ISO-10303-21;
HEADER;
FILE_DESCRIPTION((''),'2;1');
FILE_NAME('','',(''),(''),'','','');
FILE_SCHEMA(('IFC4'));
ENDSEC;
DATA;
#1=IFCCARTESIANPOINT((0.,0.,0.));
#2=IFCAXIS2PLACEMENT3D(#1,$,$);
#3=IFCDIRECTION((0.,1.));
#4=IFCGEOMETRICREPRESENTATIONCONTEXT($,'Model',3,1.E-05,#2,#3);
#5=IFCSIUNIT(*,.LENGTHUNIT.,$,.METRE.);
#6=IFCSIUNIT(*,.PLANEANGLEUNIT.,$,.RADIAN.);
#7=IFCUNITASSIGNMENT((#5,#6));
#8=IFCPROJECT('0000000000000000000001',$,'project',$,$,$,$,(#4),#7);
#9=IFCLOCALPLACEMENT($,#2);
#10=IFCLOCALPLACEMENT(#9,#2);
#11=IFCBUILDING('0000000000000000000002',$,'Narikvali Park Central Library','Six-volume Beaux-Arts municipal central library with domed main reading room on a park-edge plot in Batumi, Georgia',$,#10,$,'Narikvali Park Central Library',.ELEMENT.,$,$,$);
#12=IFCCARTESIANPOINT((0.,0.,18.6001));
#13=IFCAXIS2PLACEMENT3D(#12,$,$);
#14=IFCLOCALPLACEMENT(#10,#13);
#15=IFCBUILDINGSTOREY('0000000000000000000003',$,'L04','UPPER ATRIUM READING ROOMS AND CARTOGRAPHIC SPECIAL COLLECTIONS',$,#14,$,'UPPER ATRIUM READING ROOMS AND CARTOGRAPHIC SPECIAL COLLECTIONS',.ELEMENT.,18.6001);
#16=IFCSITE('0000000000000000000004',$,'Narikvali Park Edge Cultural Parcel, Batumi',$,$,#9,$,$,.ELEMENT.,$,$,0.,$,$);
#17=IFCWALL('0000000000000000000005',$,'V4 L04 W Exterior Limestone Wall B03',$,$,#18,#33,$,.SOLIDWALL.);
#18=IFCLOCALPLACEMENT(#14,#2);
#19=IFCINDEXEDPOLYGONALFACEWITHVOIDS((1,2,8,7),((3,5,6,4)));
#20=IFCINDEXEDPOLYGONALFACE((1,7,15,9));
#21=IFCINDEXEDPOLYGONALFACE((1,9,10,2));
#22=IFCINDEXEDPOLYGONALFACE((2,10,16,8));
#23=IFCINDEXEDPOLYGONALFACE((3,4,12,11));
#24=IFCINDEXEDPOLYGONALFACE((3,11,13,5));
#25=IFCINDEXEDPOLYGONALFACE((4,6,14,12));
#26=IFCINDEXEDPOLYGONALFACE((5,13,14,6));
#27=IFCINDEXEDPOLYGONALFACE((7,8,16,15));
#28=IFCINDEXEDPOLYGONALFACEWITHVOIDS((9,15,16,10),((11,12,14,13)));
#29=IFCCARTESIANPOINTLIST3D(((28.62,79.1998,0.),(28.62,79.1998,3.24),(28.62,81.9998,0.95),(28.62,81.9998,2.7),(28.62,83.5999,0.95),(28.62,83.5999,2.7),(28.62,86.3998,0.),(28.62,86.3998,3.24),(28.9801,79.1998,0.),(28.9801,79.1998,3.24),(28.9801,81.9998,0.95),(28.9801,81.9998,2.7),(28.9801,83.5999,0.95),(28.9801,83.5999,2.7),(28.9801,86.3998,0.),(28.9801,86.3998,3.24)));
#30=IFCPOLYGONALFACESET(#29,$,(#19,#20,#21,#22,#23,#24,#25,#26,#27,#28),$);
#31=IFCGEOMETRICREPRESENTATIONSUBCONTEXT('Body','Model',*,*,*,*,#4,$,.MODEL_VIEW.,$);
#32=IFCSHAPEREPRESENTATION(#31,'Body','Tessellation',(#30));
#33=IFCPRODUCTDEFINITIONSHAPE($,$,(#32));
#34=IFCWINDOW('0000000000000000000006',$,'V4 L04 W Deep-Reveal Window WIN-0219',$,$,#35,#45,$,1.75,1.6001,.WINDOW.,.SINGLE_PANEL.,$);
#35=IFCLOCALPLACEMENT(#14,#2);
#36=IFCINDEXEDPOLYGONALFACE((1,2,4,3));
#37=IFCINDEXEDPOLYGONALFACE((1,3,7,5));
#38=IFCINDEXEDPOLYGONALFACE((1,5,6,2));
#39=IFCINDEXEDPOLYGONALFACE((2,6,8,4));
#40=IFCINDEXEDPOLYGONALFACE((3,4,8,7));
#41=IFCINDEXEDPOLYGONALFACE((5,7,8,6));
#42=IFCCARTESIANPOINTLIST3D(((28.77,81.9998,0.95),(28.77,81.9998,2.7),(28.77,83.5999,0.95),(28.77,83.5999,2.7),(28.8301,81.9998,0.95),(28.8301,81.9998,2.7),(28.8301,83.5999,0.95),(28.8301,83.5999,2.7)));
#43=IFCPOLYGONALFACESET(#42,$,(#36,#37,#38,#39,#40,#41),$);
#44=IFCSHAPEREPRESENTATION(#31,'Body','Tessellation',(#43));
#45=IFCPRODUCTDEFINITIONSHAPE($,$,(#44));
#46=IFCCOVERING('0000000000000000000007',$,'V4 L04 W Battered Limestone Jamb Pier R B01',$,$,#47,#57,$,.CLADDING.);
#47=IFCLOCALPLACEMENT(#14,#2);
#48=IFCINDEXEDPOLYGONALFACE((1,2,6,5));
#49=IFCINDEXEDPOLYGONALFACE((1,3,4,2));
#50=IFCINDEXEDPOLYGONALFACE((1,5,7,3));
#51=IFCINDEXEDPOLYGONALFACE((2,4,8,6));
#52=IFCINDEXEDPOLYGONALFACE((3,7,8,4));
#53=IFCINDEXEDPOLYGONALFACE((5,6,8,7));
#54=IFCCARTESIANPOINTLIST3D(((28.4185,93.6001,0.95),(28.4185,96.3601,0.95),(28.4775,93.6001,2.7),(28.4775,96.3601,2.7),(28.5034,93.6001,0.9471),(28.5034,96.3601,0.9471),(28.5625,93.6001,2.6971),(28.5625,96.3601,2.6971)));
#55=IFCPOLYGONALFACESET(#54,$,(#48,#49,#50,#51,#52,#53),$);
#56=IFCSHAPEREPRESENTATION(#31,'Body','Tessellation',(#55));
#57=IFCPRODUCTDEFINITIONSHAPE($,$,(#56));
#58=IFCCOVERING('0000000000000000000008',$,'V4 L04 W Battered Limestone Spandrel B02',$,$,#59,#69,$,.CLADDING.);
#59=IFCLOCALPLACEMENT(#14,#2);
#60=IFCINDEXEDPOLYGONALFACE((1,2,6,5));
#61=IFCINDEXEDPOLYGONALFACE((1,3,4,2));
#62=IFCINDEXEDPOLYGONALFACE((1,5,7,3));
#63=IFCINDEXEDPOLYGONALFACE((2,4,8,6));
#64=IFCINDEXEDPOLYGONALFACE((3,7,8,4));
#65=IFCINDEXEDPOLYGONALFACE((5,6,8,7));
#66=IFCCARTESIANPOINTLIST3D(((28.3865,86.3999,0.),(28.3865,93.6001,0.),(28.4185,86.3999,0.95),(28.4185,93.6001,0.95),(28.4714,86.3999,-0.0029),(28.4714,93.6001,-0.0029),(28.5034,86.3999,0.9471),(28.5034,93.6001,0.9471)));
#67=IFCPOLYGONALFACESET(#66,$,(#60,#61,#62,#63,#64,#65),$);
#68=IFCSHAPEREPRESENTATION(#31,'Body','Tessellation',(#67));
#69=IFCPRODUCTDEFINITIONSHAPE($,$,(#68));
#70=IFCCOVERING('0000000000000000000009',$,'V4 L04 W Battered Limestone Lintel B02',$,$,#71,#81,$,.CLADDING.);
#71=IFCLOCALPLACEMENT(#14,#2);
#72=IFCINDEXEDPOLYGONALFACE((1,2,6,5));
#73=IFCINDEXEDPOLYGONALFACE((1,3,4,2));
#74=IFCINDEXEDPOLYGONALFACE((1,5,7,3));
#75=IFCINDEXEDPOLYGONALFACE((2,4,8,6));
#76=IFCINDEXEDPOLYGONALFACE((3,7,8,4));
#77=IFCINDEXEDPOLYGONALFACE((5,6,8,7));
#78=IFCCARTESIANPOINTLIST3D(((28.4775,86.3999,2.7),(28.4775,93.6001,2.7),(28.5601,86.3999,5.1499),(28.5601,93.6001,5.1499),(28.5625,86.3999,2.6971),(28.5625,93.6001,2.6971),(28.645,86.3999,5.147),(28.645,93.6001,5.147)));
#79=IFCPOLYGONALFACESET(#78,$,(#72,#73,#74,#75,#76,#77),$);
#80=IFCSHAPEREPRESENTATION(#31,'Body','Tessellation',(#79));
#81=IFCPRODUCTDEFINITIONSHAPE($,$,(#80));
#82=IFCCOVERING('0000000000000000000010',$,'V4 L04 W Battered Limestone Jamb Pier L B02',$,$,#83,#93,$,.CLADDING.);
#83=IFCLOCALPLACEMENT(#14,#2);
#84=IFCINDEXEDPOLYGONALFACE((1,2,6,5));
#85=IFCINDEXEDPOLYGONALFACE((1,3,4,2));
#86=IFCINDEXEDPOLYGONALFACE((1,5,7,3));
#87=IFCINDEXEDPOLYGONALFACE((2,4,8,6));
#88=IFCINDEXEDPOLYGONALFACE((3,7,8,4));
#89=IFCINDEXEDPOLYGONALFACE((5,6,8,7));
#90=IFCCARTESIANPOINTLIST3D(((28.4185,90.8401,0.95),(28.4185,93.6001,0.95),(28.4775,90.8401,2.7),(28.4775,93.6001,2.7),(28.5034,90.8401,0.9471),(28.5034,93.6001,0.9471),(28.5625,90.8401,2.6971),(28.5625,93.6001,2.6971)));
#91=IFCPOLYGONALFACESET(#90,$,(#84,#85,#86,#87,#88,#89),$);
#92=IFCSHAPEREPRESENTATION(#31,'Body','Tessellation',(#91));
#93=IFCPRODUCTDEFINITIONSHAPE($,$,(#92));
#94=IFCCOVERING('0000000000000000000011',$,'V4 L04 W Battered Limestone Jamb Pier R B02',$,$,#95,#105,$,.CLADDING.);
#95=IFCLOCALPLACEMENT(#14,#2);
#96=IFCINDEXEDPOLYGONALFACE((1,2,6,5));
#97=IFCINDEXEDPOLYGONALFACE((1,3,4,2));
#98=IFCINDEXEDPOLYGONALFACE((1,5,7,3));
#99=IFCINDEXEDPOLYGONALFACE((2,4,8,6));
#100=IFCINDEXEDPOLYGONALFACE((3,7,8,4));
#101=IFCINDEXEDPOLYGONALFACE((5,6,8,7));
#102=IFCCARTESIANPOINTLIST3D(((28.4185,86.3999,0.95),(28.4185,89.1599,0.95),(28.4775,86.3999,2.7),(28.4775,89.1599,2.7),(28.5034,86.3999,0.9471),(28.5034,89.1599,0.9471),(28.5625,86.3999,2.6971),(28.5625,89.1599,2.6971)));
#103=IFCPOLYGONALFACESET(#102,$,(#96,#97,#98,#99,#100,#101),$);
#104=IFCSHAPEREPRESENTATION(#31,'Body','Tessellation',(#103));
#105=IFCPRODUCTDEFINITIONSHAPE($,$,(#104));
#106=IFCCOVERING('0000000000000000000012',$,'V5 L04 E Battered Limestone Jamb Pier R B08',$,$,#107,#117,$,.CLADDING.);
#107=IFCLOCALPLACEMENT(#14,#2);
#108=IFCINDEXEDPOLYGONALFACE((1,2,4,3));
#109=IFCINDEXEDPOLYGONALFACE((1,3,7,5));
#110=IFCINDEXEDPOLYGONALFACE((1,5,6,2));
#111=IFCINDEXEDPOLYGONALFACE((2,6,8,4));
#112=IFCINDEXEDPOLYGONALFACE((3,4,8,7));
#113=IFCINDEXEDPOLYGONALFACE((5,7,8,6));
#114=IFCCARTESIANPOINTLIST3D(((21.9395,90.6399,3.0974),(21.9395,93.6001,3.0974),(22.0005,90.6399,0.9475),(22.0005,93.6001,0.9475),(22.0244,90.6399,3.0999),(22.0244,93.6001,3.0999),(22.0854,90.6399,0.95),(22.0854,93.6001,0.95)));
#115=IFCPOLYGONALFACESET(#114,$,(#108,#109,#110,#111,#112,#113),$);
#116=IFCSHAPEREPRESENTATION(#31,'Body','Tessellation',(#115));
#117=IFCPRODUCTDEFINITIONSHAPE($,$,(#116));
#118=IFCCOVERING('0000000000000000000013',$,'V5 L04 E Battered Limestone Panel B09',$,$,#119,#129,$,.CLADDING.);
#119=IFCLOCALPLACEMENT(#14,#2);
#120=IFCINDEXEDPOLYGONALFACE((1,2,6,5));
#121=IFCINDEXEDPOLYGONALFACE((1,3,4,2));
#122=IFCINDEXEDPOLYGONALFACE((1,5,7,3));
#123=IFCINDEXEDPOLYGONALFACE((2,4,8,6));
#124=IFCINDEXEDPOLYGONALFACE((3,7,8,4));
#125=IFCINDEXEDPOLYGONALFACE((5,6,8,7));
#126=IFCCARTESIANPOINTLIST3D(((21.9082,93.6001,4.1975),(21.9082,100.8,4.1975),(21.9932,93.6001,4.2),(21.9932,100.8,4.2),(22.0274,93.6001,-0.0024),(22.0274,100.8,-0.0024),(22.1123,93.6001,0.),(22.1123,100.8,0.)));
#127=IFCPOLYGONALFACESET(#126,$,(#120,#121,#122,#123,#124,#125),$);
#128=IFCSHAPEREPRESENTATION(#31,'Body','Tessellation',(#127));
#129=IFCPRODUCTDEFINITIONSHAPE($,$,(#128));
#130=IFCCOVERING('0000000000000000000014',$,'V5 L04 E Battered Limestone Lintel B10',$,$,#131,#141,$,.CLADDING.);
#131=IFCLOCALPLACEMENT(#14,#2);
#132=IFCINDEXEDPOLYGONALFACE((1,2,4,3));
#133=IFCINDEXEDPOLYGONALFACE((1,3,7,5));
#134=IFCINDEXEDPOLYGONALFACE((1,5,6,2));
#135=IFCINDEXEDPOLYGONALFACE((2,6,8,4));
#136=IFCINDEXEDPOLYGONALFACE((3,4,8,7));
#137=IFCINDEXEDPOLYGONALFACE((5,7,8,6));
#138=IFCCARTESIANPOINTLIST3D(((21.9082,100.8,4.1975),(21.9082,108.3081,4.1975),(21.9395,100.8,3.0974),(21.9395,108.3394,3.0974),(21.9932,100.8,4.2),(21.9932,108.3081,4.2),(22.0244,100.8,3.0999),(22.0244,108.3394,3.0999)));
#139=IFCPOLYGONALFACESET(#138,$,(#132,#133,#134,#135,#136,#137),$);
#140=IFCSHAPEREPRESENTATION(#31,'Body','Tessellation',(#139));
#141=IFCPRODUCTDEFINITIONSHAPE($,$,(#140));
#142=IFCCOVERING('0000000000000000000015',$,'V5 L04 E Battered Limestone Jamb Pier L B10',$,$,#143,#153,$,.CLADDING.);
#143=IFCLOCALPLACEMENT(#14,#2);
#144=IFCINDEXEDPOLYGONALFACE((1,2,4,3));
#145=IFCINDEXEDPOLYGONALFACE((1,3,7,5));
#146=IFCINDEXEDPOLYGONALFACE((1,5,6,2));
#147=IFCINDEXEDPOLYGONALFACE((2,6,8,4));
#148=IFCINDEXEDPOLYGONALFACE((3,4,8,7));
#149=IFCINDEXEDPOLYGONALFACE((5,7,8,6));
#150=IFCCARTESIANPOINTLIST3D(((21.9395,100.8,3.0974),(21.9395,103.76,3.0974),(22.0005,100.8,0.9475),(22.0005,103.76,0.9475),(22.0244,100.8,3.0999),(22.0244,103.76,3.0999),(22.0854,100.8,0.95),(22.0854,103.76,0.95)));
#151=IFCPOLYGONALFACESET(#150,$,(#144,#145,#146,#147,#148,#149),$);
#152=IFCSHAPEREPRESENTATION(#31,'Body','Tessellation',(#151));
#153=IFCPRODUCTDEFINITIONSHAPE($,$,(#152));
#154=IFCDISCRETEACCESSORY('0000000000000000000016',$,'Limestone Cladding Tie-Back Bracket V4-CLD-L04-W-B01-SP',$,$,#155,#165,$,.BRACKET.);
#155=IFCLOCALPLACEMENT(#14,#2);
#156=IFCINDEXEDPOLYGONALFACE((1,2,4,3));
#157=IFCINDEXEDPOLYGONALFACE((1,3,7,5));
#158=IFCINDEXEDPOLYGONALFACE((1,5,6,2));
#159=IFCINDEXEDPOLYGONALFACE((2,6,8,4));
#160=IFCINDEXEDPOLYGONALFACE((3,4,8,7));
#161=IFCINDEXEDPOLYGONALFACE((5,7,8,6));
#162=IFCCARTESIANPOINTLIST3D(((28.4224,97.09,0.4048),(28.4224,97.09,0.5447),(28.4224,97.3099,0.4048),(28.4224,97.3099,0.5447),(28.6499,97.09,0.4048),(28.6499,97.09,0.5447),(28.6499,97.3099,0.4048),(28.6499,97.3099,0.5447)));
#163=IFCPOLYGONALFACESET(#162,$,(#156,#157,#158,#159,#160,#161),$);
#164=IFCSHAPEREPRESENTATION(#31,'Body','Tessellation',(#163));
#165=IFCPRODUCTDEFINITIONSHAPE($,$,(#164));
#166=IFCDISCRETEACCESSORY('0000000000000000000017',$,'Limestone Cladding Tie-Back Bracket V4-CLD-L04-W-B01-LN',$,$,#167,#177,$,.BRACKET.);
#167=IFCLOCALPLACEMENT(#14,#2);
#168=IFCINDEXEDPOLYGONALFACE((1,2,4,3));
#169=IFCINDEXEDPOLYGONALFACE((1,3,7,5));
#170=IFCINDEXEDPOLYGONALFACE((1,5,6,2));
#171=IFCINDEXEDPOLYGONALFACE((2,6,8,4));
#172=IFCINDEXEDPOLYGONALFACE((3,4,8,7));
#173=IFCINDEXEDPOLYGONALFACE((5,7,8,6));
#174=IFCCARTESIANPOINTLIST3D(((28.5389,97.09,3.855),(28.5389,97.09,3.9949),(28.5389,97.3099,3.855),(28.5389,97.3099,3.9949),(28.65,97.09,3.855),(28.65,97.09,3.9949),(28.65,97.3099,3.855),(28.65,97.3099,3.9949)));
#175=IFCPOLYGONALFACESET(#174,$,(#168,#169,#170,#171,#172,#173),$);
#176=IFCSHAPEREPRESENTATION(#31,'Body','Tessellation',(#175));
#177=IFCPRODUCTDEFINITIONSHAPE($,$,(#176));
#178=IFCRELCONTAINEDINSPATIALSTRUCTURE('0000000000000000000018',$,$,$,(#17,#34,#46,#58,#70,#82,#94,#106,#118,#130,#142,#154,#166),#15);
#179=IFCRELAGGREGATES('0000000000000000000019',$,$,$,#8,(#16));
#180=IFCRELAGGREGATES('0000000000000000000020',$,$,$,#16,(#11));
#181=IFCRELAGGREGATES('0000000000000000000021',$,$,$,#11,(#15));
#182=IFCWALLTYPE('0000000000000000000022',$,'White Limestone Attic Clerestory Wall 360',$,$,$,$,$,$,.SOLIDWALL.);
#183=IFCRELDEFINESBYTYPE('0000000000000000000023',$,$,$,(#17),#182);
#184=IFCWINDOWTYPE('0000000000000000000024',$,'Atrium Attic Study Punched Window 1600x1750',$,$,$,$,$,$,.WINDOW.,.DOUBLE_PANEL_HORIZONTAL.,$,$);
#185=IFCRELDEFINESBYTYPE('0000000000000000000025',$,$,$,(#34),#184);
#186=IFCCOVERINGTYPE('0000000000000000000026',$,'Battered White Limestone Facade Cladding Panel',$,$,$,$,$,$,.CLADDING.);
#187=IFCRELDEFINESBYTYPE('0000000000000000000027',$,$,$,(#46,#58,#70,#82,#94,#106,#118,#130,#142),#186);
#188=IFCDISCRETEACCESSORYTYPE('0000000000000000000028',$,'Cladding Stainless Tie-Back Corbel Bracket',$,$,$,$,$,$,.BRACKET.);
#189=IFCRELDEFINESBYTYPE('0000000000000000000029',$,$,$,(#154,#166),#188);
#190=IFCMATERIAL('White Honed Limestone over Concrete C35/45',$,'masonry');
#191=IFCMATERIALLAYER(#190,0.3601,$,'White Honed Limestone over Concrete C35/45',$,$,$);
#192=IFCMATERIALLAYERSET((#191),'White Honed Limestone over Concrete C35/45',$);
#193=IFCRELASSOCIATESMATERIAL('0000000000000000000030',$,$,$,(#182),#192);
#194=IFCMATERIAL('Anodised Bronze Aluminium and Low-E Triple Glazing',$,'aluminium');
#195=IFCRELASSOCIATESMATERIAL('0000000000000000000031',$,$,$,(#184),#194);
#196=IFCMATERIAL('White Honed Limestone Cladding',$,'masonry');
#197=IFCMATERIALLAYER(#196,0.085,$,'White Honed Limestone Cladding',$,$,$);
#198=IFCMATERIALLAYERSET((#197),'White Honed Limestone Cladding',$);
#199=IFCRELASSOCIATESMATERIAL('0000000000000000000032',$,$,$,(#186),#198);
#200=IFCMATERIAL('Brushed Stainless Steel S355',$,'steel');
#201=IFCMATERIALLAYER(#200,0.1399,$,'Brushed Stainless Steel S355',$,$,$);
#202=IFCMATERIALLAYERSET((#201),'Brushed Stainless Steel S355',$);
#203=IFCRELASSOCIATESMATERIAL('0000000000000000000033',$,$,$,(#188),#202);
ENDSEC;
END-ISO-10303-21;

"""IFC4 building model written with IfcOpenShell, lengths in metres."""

from ifc_helpers import new_model, si_unit, direction, frame, frame_2d, origin, origin_2d, place, context, subcontext, project, spatial, polyline, rectangle, outline, extrude, material, layer, layer_set, type_object, element, fill, save


model = new_model("IFC4")

# Units and contexts
model_context = context("Model", 3, precision=1e-05, world=origin(), true_north=direction((0.0, 1.0)))
body_context = subcontext(model_context, "Body", "Model", "MODEL_VIEW")
ifc_project = project(units=[si_unit("LENGTHUNIT", "METRE"), si_unit("PLANEANGLEUNIT", "RADIAN")], contexts=[model_context])

# Site, building, storey
site_placement = place(None, origin())
site = spatial("IfcSite", under=ifc_project, at=site_placement, Name="Narikvali Park Edge Cultural Parcel, Batumi", CompositionType="ELEMENT", RefElevation=0.0)
building_placement = place(site_placement, origin())
building = spatial("IfcBuilding", under=site, at=building_placement, Name="Narikvali Park Central Library", Description="Six-volume Beaux-Arts municipal central library with domed main reading room on a park-edge plot in Batumi, Georgia", LongName="Narikvali Park Central Library", CompositionType="ELEMENT")
storey_placement = place(building_placement, frame((0.0, 0.0, 18.6001)))
storey = spatial("IfcBuildingStorey", under=building, at=storey_placement, Name="L04", Description="UPPER ATRIUM READING ROOMS AND CARTOGRAPHIC SPECIAL COLLECTIONS", LongName="UPPER ATRIUM READING ROOMS AND CARTOGRAPHIC SPECIAL COLLECTIONS", CompositionType="ELEMENT", Elevation=18.6001)

# Wall, opening, window
ifc_material_1 = material(Name="White Honed Limestone over Concrete C35/45", Category="masonry")
ifc_layer_1 = layer(ifc_material_1, 0.3601, Name="White Honed Limestone over Concrete C35/45")
ifc_layer_set_1 = layer_set([ifc_layer_1], Name="White Honed Limestone over Concrete C35/45")
wall_type_1 = type_object("IfcWallType", Name="White Limestone Attic Clerestory Wall 360", PredefinedType="SOLIDWALL", material=ifc_layer_set_1)
ifc_material_2 = material(Name="Anodised Bronze Aluminium and Low-E Triple Glazing", Category="aluminium")
window_type = type_object("IfcWindowType", Name="Atrium Attic Study Punched Window 1600x1750", PartitioningType="DOUBLE_PANEL_HORIZONTAL", PredefinedType="WINDOW", material=ifc_material_2)
wall_1_placement = place(storey_placement, frame((28.8, 86.3999, 0.0), z_axis=(0.0, 0.0, 1.0), x_axis=(0.0, -1.0, 0.0)))
wall_1 = element("IfcWall", 1, at=wall_1_placement, inside=storey, type_object=wall_type_1, Name="V4 L04 W Exterior Limestone Wall B03", PredefinedType="SOLIDWALL", context=body_context, shape_type="SweptSolid", body=[
    extrude(rectangle(XDim=7.2, YDim=0.3601, at=frame_2d((3.6001, 0.0))), origin(), (0.0, 0.0, 1.0), 3.24),
])
opening_1_placement = place(wall_1_placement, frame((2.8, 0.0, 0.95)))
opening_1 = element("IfcOpeningElement", 2, at=opening_1_placement, cuts=wall_1, PredefinedType="OPENING", context=body_context, shape_type="SweptSolid", body=[
    extrude(rectangle(XDim=1.6001, YDim=1.75, at=frame_2d((0.8, 0.875))), frame((0.0, 0.1919, 0.0), z_axis=(0.0, -1.0, 0.0), x_axis=(1.0, 0.0, 0.0)), (0.0, 0.0, 1.0), 0.384),
])
window_1_placement = place(opening_1_placement, origin())
window_1 = element("IfcWindow", 3, at=window_1_placement, inside=storey, type_object=window_type, Name="V4 L04 W Deep-Reveal Window WIN-0219", OverallHeight=1.75, OverallWidth=1.6001, PartitioningType="SINGLE_PANEL", PredefinedType="WINDOW", context=body_context, shape_type="SweptSolid", body=[
    extrude(rectangle(XDim=1.6001, YDim=1.75, at=frame_2d((0.8, 0.875))), frame((0.0, 0.03, 0.0), z_axis=(0.0, -1.0, 0.0), x_axis=(1.0, 0.0, 0.0)), (0.0, 0.0, 1.0), 0.0601),
])
fill(opening_1, window_1)

# Coverings
ifc_material_3 = material(Name="White Honed Limestone Cladding", Category="masonry")
ifc_layer_2 = layer(ifc_material_3, 0.085, Name="White Honed Limestone Cladding")
ifc_layer_set_2 = layer_set([ifc_layer_2], Name="White Honed Limestone Cladding")
covering_type = type_object("IfcCoveringType", Name="Battered White Limestone Facade Cladding Panel", PredefinedType="CLADDING", material=ifc_layer_set_2)
covering_1_placement = place(storey_placement, frame((28.4185, 96.3601, 0.95), z_axis=(-0.999431, 0.0, 0.033742), x_axis=(0.0, -1.0, 0.0)))
element("IfcCovering", 4, at=covering_1_placement, inside=storey, type_object=covering_type, Name="V4 L04 W Battered Limestone Jamb Pier R B01", PredefinedType="CLADDING", context=body_context, shape_type="SweptSolid", body=[
    extrude(outline(polyline([(0.0, 0.0), (2.76, 0.0), (2.76, 1.751), (0.0, 1.751), (0.0, 0.0)])), origin(), (0.0, 0.0, -1.0), 0.085),
])
covering_2_placement = place(storey_placement, frame((28.3865, 93.6001, 0.0), z_axis=(-0.999434, 0.0, 0.033648), x_axis=(0.0, -1.0, 0.0)))
element("IfcCovering", 5, at=covering_2_placement, inside=storey, type_object=covering_type, Name="V4 L04 W Battered Limestone Spandrel B02", PredefinedType="CLADDING", context=body_context, shape_type="SweptSolid", body=[
    extrude(outline(polyline([(0.0, 0.0), (7.2002, 0.0), (7.2002, 0.9505), (0.0, 0.9505), (0.0, 0.0)])), origin(), (0.0, 0.0, -1.0), 0.085),
])
covering_3_placement = place(storey_placement, frame((28.4775, 93.6001, 2.7), z_axis=(-0.999433, 0.0, 0.033663), x_axis=(0.0, -1.0, 0.0)))
element("IfcCovering", 6, at=covering_3_placement, inside=storey, type_object=covering_type, Name="V4 L04 W Battered Limestone Lintel B02", PredefinedType="CLADDING", context=body_context, shape_type="SweptSolid", body=[
    extrude(outline(polyline([(0.0, 0.0), (7.2002, 0.0), (7.2002, 2.4513), (0.0, 2.4513), (0.0, 0.0)])), origin(), (0.0, 0.0, -1.0), 0.085),
])
for number, where, z_axis, x_axis, name in (
    (7, (28.4185, 93.6001, 0.95), (-0.999431, 0.0, 0.033742), (0.0, -1.0, 0.0), "V4 L04 W Battered Limestone Jamb Pier L B02"),
    (8, (28.4185, 89.1599, 0.95), (-0.999431, 0.0, 0.033742), (0.0, -1.0, 0.0), "V4 L04 W Battered Limestone Jamb Pier R B02"),
):
    element("IfcCovering", number, at=place(storey_placement, frame(where, z_axis=z_axis, x_axis=x_axis)), inside=storey, type_object=covering_type, Name=name, PredefinedType="CLADDING", context=body_context, shape_type="SweptSolid", body=[
        extrude(outline(polyline([(0.0, 0.0), (2.76, 0.0), (2.76, 1.751), (0.0, 1.751), (0.0, 0.0)])), origin(), (0.0, 0.0, -1.0), 0.085),
    ])
covering_4_placement = place(storey_placement, frame((22.0854, 90.6399, 0.95), z_axis=(0.999597, 0.0, 0.028378), x_axis=(0.0, 1.0, 0.0)))
element("IfcCovering", 9, at=covering_4_placement, inside=storey, type_object=covering_type, Name="V5 L04 E Battered Limestone Jamb Pier R B08", PredefinedType="CLADDING", context=body_context, shape_type="SweptSolid", body=[
    extrude(outline(polyline([(0.0, 0.0), (2.9602, 0.0), (2.9602, 2.1508), (0.0, 2.1508), (0.0, 0.0)])), origin(), (0.0, 0.0, -1.0), 0.085),
])
covering_5_placement = place(storey_placement, frame((22.1123, 93.6001, 0.0), z_axis=(0.999598, 0.0, 0.028356), x_axis=(0.0, 1.0, 0.0)))
element("IfcCovering", 10, at=covering_5_placement, inside=storey, type_object=covering_type, Name="V5 L04 E Battered Limestone Panel B09", PredefinedType="CLADDING", context=body_context, shape_type="SweptSolid", body=[
    extrude(outline(polyline([(0.0, 0.0), (7.2, 0.0), (7.2, 4.2016), (0.0, 4.2016), (0.0, 0.0)])), origin(), (0.0, 0.0, -1.0), 0.085),
])
covering_6_placement = place(storey_placement, frame((22.0244, 100.8, 3.0999), z_axis=(0.999597, 0.0, 0.028395), x_axis=(0.0, 1.0, 0.0)))
element("IfcCovering", 11, at=covering_6_placement, inside=storey, type_object=covering_type, Name="V5 L04 E Battered Limestone Lintel B10", PredefinedType="CLADDING", context=body_context, shape_type="SweptSolid", body=[
    extrude(outline(polyline([(0.0, 0.0), (7.5393, 0.0), (7.5081, 1.1005), (0.0, 1.1005), (0.0, 0.0)])), origin(), (0.0, 0.0, -1.0), 0.085),
])
covering_7_placement = place(storey_placement, frame((22.0854, 100.8, 0.95), z_axis=(0.999597, 0.0, 0.028378), x_axis=(0.0, 1.0, 0.0)))
element("IfcCovering", 12, at=covering_7_placement, inside=storey, type_object=covering_type, Name="V5 L04 E Battered Limestone Jamb Pier L B10", PredefinedType="CLADDING", context=body_context, shape_type="SweptSolid", body=[
    extrude(outline(polyline([(0.0, 0.0), (2.96, 0.0), (2.96, 2.1508), (0.0, 2.1508), (0.0, 0.0)])), origin(), (0.0, 0.0, -1.0), 0.085),
])

# Discrete accessories
ifc_material_4 = material(Name="Brushed Stainless Steel S355", Category="steel")
ifc_layer_3 = layer(ifc_material_4, 0.1399, Name="Brushed Stainless Steel S355")
ifc_layer_set_3 = layer_set([ifc_layer_3], Name="Brushed Stainless Steel S355")
discrete_accessory_type = type_object("IfcDiscreteAccessoryType", Name="Cladding Stainless Tie-Back Corbel Bracket", PredefinedType="BRACKET", material=ifc_layer_set_3)
discrete_accessory_1_placement = place(storey_placement, frame((28.5361, 97.2, 0.4048), z_axis=(0.0, 0.0, 1.0), x_axis=(1.0, 0.0, 0.0)))
element("IfcDiscreteAccessory", 13, at=discrete_accessory_1_placement, inside=storey, type_object=discrete_accessory_type, Name="Limestone Cladding Tie-Back Bracket V4-CLD-L04-W-B01-SP", PredefinedType="BRACKET", context=body_context, shape_type="SweptSolid", body=[
    extrude(rectangle(XDim=0.2275, YDim=0.22, at=origin_2d()), origin(), (0.0, 0.0, 1.0), 0.1399),
])
discrete_accessory_2_placement = place(storey_placement, frame((28.5945, 97.2, 3.855), z_axis=(0.0, 0.0, 1.0), x_axis=(1.0, 0.0, 0.0)))
element("IfcDiscreteAccessory", 14, at=discrete_accessory_2_placement, inside=storey, type_object=discrete_accessory_type, Name="Limestone Cladding Tie-Back Bracket V4-CLD-L04-W-B01-LN", PredefinedType="BRACKET", context=body_context, shape_type="SweptSolid", body=[
    extrude(rectangle(XDim=0.1111, YDim=0.22, at=origin_2d()), origin(), (0.0, 0.0, 1.0), 0.1399),
])

save(model, "model.ifc")
